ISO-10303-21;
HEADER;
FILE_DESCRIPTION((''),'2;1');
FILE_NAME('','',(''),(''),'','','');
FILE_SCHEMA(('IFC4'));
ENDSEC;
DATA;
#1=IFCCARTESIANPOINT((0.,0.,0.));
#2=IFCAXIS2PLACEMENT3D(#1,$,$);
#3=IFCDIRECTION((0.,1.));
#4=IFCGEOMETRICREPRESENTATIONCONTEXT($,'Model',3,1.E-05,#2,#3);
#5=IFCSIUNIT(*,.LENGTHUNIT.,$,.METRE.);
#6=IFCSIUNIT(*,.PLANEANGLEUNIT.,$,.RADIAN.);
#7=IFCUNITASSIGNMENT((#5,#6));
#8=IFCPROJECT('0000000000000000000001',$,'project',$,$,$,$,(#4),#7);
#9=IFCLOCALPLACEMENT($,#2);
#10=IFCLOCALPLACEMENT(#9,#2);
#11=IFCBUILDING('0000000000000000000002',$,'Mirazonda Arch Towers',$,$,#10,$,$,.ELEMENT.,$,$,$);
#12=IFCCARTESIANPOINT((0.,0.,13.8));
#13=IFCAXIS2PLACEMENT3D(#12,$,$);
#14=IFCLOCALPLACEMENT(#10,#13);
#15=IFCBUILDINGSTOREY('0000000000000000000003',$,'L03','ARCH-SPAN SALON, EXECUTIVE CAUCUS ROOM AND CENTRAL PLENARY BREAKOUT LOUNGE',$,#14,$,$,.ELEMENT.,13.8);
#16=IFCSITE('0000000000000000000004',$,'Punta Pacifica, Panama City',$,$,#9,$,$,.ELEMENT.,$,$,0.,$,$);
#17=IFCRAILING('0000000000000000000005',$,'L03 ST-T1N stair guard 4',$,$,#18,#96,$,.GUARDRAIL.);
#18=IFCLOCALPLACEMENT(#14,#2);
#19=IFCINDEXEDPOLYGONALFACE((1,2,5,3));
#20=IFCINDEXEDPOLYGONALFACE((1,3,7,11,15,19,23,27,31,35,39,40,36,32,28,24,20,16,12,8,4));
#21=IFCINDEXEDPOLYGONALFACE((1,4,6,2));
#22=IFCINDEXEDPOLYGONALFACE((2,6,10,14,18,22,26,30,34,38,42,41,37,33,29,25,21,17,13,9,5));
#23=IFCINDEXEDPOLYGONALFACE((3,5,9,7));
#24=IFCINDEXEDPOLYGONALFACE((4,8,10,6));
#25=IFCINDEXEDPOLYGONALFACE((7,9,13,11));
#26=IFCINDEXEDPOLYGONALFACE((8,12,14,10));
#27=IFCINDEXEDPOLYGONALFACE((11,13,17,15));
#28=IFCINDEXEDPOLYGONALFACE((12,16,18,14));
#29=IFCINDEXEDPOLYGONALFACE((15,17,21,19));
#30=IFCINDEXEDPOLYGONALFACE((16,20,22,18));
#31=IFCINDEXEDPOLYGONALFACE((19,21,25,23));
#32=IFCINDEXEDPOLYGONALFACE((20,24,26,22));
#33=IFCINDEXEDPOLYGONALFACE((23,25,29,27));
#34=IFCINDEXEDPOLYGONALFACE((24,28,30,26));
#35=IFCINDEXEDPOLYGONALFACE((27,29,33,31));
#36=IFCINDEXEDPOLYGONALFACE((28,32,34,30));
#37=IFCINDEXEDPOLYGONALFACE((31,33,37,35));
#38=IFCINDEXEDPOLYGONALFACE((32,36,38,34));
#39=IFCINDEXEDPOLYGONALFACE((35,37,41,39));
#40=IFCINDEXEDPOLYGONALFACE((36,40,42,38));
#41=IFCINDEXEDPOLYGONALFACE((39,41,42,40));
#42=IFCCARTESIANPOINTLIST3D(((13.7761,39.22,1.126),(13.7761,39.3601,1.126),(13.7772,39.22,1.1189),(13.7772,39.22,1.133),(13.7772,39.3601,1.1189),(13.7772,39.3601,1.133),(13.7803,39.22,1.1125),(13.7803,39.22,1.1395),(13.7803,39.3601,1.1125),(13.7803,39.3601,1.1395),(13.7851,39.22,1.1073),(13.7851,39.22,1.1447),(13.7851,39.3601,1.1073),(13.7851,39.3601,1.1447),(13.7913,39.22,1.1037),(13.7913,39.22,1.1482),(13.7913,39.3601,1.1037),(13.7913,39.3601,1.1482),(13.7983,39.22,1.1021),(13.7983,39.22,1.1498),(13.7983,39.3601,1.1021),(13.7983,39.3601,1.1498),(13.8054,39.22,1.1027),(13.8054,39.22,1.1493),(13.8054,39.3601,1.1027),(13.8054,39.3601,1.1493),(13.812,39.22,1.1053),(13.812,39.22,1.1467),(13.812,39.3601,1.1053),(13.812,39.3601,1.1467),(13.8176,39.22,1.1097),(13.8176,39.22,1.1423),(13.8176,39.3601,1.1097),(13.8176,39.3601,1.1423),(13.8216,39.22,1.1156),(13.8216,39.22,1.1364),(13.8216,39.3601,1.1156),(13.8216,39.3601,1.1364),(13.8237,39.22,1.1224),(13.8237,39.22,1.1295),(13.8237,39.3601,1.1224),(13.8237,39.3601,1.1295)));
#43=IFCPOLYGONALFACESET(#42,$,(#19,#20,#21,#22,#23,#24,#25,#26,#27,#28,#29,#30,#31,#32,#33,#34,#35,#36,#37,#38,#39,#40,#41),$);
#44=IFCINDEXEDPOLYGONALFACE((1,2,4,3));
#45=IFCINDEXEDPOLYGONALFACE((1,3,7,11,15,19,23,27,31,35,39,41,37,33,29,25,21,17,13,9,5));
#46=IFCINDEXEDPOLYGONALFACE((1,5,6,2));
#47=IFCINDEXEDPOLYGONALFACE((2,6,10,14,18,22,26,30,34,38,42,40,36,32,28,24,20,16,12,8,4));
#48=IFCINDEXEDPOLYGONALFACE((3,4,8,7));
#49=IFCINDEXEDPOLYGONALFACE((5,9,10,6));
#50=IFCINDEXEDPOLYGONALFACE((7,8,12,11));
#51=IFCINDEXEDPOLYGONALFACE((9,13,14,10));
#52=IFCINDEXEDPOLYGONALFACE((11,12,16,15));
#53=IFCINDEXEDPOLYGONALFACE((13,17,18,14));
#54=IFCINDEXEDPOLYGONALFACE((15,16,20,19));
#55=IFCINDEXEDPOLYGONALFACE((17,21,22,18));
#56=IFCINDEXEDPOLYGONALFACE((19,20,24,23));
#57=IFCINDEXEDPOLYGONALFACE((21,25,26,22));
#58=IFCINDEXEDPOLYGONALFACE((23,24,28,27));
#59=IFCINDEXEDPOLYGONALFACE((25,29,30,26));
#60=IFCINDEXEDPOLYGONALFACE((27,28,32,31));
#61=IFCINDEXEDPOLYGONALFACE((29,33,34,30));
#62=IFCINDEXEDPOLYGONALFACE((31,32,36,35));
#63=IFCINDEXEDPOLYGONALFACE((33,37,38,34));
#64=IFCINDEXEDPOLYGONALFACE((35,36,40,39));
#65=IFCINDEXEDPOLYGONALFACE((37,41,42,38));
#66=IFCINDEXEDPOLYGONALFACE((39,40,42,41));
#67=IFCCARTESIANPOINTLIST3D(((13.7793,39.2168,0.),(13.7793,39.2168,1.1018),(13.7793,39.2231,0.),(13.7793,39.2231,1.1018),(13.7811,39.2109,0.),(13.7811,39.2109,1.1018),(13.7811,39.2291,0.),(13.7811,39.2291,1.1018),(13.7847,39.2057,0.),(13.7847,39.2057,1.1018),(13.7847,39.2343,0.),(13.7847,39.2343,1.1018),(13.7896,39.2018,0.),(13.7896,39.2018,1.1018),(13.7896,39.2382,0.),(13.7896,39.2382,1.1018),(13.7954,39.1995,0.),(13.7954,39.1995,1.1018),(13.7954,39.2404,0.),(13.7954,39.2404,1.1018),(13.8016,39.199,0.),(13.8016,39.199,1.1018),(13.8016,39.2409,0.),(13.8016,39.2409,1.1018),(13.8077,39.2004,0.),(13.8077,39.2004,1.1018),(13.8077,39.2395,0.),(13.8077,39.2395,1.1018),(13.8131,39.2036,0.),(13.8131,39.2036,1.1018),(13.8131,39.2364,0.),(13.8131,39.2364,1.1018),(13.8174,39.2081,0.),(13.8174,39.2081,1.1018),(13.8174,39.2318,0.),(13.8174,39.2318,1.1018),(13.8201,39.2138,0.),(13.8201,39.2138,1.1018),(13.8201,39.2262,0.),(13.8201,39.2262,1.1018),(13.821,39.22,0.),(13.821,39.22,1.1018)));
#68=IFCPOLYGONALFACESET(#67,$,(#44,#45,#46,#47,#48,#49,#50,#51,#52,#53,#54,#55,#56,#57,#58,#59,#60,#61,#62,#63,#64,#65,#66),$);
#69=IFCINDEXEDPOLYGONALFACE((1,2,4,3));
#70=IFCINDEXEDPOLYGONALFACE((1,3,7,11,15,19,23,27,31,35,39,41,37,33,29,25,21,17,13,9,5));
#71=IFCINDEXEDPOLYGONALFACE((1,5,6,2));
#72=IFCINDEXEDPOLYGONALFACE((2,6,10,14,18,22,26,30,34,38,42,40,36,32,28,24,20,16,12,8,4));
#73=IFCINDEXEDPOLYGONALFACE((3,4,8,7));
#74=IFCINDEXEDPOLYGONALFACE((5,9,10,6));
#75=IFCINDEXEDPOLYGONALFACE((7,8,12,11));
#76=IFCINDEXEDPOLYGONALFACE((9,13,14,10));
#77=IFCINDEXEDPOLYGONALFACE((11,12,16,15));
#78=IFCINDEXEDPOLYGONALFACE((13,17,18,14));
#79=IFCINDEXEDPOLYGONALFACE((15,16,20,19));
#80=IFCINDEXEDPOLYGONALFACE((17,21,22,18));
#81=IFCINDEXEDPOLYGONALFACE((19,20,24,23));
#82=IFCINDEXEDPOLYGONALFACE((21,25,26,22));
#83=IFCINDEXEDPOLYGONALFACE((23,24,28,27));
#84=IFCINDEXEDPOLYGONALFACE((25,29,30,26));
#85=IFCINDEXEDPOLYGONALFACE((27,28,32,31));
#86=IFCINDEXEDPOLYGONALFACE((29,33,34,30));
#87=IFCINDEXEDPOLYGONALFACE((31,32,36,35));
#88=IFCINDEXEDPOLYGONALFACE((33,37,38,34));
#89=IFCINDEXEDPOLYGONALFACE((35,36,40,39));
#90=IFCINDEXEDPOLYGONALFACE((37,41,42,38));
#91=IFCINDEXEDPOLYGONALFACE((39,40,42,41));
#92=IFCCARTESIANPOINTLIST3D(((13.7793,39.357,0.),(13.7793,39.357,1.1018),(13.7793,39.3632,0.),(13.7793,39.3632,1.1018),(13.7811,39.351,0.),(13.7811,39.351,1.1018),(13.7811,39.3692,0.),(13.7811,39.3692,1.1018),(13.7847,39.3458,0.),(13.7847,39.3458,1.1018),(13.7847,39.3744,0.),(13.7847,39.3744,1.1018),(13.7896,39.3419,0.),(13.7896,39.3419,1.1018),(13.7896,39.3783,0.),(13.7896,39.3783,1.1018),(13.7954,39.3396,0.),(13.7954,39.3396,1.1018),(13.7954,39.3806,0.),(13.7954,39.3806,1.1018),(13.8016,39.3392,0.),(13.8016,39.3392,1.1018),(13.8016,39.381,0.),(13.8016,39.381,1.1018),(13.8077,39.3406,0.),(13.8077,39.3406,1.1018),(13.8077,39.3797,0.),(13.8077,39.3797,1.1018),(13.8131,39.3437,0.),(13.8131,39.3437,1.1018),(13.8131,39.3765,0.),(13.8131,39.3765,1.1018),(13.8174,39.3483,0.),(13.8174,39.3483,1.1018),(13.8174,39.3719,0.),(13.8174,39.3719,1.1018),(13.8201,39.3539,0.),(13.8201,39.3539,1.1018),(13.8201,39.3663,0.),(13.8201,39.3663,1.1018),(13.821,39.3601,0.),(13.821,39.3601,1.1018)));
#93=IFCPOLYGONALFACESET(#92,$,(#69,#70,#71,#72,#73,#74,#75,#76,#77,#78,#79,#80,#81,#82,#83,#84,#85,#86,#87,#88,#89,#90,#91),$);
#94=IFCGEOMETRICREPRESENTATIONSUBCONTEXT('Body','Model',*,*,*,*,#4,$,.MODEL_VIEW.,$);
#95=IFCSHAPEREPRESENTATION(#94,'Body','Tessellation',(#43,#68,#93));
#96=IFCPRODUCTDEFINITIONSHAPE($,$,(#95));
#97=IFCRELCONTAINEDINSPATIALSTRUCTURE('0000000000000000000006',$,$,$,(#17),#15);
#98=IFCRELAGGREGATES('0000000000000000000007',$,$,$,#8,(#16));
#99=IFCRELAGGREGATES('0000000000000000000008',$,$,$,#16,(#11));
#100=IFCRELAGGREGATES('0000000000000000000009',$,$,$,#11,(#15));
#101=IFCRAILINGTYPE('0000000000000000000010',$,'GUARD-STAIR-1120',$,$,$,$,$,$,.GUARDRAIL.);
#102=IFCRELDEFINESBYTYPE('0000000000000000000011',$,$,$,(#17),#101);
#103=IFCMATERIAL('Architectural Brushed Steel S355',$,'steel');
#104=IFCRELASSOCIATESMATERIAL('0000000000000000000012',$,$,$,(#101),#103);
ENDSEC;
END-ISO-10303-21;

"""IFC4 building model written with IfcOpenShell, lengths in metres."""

from ifc_helpers import new_model, si_unit, direction, frame, origin, origin_2d, place, context, subcontext, project, spatial, circle, extrude, material, type_object, element, save


model = new_model("IFC4")

# Units and contexts
model_context = context("Model", 3, precision=1e-05, world=origin(), true_north=direction((0.0, 1.0)))
body_context = subcontext(model_context, "Body", "Model", "MODEL_VIEW")
ifc_project = project(units=[si_unit("LENGTHUNIT", "METRE"), si_unit("PLANEANGLEUNIT", "RADIAN")], contexts=[model_context])

# Site, building, storey
site_placement = place(None, origin())
site = spatial("IfcSite", under=ifc_project, at=site_placement, Name="Punta Pacifica, Panama City", CompositionType="ELEMENT", RefElevation=0.0)
building_placement = place(site_placement, origin())
building = spatial("IfcBuilding", under=site, at=building_placement, Name="Mirazonda Arch Towers", CompositionType="ELEMENT")
storey_placement = place(building_placement, frame((0.0, 0.0, 13.8)))
storey = spatial("IfcBuildingStorey", under=building, at=storey_placement, Name="L03", Description="ARCH-SPAN SALON, EXECUTIVE CAUCUS ROOM AND CENTRAL PLENARY BREAKOUT LOUNGE", CompositionType="ELEMENT", Elevation=13.8)

# Shared definitions
ifc_material_1 = material(Name="Architectural Brushed Steel S355", Category="steel")

# Railing
railing_type_1 = type_object("IfcRailingType", Name="GUARD-STAIR-1120", PredefinedType="GUARDRAIL", material=ifc_material_1)
railing_1_placement = place(storey_placement, frame((13.8, 39.22, 0.0)))
element("IfcRailing", 1, at=railing_1_placement, inside=storey, type_object=railing_type_1, Name="L03 ST-T1N stair guard 4", PredefinedType="GUARDRAIL", context=body_context, shape_type="SweptSolid", body=[
    extrude(circle(Radius=0.0239, at=origin_2d()), frame((0.0, 0.0, 1.126), z_axis=(0.0, 1.0, 0.0), x_axis=(-1.0, 0.0, 0.0)), (0.0, 0.0, 1.0), 0.1401),
    extrude(circle(Radius=0.021, at=origin_2d()), origin(), (0.0, 0.0, 1.0), 1.1018),
    extrude(circle(Radius=0.021, at=origin_2d()), frame((0.0, 0.1401, 0.0)), (0.0, 0.0, 1.0), 1.1018),
])

save(model, "model.ifc")
